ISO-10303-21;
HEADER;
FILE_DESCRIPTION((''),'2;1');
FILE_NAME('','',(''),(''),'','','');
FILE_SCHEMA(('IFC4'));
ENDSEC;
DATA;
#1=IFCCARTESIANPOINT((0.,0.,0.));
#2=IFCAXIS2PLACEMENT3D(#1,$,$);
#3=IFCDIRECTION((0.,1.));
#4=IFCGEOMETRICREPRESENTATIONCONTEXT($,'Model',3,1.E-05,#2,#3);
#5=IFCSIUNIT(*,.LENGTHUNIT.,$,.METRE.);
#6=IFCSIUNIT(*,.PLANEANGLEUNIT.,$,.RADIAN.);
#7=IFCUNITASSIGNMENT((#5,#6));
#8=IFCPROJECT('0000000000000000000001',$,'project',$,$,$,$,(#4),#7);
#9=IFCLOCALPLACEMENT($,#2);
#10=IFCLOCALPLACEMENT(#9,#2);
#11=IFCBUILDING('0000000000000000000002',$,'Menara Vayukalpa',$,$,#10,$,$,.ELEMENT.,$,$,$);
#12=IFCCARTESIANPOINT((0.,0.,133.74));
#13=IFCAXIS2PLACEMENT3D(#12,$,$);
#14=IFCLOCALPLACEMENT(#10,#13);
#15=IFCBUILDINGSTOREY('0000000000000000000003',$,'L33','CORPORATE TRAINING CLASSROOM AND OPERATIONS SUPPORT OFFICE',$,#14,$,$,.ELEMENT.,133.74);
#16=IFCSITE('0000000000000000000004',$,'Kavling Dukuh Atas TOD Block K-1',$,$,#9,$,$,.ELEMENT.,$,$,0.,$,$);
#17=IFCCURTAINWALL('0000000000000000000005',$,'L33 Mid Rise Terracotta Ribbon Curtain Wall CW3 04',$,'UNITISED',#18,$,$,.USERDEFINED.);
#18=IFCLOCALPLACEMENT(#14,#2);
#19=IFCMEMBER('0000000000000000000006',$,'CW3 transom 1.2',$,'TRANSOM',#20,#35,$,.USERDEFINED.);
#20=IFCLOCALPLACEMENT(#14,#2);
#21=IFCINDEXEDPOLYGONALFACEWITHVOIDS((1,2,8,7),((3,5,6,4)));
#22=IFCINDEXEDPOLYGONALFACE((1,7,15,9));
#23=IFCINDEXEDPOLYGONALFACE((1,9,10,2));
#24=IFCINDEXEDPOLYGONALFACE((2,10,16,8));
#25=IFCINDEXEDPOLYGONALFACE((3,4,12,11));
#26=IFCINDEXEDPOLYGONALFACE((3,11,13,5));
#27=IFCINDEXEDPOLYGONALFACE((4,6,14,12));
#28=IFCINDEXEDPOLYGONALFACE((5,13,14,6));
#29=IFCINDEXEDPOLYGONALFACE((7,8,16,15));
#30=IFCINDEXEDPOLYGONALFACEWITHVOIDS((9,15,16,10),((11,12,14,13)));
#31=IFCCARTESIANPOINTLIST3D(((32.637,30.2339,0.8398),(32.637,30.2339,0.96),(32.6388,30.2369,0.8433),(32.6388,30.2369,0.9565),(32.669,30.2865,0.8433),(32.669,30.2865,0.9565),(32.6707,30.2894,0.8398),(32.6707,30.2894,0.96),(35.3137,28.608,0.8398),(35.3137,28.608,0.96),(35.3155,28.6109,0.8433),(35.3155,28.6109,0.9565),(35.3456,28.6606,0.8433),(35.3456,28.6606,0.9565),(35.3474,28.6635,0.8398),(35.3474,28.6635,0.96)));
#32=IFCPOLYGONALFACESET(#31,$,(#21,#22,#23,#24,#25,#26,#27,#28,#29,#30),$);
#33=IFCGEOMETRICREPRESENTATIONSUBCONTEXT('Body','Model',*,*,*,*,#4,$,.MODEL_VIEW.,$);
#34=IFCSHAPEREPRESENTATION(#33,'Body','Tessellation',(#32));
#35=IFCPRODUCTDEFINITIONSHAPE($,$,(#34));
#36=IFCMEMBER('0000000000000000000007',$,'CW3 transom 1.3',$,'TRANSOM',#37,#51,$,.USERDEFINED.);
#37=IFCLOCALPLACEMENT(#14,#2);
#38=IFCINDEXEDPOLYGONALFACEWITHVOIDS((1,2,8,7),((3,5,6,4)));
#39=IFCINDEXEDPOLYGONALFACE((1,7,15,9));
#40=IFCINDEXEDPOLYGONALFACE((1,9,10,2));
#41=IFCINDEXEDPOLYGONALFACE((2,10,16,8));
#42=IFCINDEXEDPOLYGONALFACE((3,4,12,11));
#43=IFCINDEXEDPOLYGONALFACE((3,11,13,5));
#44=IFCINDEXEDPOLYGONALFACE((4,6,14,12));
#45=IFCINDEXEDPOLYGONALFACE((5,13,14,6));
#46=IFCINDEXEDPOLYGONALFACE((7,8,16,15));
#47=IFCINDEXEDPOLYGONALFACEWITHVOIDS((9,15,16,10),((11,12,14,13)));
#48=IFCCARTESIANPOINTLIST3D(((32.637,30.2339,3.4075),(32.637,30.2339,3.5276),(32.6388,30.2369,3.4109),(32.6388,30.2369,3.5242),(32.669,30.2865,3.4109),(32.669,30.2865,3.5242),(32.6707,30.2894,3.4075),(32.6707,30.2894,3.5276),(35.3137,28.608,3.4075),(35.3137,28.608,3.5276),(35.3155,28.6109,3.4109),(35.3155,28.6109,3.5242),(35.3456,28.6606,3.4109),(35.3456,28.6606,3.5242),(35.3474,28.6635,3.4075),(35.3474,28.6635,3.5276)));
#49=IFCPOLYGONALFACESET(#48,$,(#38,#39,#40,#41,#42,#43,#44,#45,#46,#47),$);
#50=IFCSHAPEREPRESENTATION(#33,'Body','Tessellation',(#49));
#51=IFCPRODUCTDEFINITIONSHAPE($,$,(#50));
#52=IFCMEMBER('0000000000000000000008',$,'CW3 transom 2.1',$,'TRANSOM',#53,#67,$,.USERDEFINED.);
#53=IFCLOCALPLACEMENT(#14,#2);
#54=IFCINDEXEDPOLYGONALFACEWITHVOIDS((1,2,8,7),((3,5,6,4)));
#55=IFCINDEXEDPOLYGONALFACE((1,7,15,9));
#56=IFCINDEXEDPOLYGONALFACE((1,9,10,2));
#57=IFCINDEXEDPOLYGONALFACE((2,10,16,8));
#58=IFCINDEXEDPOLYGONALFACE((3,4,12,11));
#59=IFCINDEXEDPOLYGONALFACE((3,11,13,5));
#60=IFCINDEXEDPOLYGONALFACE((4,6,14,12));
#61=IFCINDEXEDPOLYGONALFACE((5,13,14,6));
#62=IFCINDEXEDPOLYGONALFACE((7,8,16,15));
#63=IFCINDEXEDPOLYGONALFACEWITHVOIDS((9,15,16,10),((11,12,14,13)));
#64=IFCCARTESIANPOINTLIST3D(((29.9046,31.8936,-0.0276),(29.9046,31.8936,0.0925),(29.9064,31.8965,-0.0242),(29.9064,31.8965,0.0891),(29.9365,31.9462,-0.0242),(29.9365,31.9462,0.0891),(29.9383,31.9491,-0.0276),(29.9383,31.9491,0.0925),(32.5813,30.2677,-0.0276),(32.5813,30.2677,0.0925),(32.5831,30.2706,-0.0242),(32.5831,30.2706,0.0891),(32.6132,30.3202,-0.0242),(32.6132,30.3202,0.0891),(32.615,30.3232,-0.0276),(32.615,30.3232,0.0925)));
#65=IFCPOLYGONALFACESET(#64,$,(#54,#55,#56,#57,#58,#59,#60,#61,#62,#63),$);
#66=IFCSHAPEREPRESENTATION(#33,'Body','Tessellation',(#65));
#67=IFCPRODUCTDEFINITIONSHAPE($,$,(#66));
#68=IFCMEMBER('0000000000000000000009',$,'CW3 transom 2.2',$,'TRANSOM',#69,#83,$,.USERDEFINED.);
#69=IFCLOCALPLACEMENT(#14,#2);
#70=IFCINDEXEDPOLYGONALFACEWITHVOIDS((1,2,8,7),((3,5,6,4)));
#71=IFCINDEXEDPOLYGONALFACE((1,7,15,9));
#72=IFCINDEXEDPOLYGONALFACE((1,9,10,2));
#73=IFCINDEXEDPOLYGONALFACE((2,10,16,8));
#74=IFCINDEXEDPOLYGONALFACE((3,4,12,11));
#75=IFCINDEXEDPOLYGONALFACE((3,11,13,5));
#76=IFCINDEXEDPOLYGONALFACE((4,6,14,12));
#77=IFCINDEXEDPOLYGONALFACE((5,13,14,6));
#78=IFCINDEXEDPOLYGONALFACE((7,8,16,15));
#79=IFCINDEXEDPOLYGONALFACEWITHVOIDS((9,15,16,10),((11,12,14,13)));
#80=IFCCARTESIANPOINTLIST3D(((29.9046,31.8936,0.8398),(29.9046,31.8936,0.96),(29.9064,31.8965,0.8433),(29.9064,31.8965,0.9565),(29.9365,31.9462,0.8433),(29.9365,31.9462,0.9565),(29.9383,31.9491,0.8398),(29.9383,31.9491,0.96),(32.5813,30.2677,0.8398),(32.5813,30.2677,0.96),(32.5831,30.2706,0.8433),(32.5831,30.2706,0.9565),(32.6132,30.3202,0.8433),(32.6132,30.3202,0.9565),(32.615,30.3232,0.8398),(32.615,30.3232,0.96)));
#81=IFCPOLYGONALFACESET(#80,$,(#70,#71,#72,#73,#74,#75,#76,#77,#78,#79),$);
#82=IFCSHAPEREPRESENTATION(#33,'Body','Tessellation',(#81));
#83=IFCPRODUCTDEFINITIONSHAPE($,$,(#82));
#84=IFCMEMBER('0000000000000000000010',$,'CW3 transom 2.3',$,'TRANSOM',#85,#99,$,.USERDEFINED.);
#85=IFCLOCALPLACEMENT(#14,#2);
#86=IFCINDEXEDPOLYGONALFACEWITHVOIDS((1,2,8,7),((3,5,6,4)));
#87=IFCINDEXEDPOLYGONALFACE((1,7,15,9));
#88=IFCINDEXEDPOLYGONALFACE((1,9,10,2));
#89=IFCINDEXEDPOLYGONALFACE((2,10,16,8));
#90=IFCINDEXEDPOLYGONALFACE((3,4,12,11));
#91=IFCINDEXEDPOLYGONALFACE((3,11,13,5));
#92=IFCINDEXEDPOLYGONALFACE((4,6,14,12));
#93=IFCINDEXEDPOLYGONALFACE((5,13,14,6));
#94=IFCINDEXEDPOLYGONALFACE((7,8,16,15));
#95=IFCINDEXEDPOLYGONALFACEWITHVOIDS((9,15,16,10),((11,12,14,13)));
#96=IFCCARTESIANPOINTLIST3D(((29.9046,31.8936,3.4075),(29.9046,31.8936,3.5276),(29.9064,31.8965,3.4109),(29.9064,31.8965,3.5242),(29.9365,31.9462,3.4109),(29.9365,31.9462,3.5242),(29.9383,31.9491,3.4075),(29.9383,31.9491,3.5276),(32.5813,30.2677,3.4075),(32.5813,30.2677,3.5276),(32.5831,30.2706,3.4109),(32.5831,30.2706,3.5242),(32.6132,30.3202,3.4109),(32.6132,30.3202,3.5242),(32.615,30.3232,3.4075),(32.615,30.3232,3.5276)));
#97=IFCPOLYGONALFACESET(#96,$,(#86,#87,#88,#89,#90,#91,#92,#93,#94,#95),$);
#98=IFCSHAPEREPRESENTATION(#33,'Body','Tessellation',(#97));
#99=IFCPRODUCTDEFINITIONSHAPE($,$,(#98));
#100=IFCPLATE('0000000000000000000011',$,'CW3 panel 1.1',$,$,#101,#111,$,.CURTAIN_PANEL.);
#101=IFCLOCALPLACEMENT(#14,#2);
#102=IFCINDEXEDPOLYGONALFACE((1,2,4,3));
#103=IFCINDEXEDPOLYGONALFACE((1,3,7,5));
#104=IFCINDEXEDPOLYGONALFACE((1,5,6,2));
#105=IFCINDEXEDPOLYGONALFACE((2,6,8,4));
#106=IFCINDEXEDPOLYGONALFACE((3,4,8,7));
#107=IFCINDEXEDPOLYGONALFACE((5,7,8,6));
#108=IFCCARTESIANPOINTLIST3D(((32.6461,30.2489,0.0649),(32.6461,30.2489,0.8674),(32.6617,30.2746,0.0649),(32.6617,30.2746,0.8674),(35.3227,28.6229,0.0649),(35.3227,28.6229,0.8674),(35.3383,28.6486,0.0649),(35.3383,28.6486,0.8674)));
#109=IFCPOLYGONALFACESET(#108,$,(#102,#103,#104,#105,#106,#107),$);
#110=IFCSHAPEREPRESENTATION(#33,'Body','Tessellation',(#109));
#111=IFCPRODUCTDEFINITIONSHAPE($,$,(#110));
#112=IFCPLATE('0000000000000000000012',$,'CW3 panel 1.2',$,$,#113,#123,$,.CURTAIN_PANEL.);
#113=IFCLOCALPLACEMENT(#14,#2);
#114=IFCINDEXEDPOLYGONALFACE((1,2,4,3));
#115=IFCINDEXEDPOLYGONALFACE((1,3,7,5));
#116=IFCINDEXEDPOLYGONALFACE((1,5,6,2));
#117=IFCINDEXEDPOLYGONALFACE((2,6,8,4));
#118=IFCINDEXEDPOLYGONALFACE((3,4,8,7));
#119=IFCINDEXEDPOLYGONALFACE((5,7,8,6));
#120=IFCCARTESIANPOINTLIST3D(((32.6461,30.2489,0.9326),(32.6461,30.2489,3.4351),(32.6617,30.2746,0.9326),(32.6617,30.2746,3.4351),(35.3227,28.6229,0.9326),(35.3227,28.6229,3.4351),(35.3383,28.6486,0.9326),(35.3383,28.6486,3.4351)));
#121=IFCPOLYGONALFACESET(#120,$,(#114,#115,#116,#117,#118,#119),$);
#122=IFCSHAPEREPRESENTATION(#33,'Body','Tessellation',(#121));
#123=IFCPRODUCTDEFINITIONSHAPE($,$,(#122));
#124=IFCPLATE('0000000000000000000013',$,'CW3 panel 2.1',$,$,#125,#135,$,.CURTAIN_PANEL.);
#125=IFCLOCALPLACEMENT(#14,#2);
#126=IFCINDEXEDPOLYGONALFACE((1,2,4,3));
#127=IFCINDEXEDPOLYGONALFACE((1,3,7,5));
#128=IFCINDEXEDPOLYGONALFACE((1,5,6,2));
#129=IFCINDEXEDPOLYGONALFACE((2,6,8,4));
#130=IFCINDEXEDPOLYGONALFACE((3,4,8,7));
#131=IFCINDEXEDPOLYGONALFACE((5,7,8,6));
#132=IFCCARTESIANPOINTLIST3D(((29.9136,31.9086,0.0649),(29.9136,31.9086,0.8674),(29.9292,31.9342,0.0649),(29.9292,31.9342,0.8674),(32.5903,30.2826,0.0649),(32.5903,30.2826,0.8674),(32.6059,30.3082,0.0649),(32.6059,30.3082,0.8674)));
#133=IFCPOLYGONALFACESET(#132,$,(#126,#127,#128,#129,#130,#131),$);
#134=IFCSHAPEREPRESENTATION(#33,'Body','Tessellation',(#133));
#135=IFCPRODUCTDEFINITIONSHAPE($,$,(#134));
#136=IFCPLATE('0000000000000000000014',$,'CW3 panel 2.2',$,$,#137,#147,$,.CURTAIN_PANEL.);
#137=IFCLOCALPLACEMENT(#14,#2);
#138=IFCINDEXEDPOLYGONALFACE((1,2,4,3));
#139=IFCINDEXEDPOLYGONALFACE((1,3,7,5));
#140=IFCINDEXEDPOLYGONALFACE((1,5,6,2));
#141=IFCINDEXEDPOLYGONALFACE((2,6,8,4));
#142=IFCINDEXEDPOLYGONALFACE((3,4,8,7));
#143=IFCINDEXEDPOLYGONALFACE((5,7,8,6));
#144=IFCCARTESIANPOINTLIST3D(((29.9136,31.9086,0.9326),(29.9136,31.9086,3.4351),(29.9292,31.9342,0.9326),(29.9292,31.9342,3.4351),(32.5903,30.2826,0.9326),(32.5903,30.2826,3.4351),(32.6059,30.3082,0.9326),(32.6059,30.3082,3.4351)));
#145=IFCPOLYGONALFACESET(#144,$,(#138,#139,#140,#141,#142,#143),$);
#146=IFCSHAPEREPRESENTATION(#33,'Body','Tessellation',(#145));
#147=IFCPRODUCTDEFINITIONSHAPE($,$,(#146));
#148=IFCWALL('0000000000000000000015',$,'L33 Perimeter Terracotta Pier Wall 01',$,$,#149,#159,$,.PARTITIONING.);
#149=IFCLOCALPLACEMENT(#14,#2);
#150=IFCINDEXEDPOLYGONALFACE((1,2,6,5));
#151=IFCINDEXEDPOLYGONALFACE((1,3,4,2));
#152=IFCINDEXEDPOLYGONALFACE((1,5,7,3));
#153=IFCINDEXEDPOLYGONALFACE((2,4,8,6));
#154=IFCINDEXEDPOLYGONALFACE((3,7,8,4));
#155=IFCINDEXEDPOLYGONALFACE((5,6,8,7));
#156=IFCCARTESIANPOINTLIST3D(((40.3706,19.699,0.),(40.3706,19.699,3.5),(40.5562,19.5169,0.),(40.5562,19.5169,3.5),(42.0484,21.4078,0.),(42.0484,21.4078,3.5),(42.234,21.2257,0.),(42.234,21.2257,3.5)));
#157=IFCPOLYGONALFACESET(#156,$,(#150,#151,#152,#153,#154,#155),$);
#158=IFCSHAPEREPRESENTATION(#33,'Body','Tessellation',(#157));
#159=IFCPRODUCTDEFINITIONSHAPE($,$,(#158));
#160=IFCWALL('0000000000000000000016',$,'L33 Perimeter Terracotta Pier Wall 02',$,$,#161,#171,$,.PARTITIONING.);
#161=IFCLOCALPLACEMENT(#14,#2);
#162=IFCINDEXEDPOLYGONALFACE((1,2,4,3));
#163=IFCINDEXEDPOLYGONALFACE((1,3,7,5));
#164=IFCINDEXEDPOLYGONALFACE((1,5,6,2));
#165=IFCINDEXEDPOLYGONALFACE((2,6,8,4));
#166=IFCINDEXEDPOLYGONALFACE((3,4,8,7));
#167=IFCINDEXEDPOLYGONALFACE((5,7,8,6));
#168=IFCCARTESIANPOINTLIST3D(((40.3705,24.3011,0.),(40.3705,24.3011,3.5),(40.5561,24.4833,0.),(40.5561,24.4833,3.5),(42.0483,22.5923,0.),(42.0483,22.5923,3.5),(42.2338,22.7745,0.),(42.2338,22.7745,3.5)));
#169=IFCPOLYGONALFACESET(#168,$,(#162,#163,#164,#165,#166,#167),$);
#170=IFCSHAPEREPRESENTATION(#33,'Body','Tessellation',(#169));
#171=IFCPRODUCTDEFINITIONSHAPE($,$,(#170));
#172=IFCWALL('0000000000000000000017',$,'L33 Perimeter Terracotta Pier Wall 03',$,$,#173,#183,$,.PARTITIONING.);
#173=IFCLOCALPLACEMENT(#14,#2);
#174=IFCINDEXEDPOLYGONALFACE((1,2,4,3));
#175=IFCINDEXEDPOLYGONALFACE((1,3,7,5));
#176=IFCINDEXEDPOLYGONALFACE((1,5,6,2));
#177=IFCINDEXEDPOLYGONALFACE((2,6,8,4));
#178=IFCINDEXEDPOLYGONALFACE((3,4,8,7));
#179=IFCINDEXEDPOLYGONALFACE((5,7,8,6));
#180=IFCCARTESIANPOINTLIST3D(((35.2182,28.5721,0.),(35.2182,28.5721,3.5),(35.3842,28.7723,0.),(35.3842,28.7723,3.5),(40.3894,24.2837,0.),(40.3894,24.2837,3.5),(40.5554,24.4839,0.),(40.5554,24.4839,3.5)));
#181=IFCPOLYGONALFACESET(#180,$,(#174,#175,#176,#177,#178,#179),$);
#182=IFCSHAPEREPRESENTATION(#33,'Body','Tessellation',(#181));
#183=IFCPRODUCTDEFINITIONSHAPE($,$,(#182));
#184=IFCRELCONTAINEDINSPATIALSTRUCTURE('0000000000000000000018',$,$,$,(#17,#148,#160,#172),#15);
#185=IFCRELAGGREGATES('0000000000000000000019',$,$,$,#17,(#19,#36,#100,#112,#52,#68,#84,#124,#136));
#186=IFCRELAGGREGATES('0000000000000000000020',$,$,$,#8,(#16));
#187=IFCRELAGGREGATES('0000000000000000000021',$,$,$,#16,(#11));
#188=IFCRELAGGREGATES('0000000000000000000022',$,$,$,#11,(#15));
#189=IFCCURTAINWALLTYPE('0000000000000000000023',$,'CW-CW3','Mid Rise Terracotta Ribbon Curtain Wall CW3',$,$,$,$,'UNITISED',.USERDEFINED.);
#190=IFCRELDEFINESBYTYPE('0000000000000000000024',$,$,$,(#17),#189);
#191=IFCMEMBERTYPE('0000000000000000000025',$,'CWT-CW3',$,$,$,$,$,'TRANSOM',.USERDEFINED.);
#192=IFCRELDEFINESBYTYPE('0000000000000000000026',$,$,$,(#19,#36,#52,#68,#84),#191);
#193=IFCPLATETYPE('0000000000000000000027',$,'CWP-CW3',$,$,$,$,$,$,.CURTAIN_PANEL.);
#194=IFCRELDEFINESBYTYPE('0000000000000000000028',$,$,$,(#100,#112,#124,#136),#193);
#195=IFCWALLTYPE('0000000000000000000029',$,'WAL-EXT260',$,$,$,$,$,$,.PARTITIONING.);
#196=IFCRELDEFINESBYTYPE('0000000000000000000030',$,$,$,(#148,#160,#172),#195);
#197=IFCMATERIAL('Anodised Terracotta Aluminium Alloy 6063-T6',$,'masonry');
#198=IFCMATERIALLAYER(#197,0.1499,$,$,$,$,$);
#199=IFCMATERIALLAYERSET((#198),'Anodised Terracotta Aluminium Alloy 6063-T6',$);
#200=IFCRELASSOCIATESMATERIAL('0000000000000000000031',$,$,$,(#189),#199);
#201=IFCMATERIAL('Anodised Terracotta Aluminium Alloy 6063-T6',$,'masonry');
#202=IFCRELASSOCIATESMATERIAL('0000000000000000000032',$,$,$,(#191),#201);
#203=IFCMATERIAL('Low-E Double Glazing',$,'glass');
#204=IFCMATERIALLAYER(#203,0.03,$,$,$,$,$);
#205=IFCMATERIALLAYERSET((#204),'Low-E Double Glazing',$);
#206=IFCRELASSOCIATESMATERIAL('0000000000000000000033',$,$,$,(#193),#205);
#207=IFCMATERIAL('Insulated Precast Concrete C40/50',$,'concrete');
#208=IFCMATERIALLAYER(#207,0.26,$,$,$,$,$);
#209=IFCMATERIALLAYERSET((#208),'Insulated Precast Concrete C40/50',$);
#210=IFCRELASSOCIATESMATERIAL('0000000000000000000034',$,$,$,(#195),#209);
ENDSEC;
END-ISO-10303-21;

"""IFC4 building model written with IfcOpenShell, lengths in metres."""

from ifc_helpers import new_model, si_unit, direction, frame, frame_2d, origin, origin_2d, place, context, subcontext, project, spatial, rectangle, hollow_rectangle, extrude, material, layer, layer_set, material_profile, profile_set, type_object, element, aggregate, save


model = new_model("IFC4")

# Units and contexts
model_context = context("Model", 3, precision=1e-05, world=origin(), true_north=direction((0.0, 1.0)))
body_context = subcontext(model_context, "Body", "Model", "MODEL_VIEW")
ifc_project = project(units=[si_unit("LENGTHUNIT", "METRE"), si_unit("PLANEANGLEUNIT", "RADIAN")], contexts=[model_context])

# Site, building, storey
site_placement = place(None, origin())
site = spatial("IfcSite", under=ifc_project, at=site_placement, Name="Kavling Dukuh Atas TOD Block K-1", CompositionType="ELEMENT", RefElevation=0.0)
building_placement = place(site_placement, origin())
building = spatial("IfcBuilding", under=site, at=building_placement, Name="Menara Vayukalpa", CompositionType="ELEMENT")
storey_placement = place(building_placement, frame((0.0, 0.0, 133.74)))
storey = spatial("IfcBuildingStorey", under=building, at=storey_placement, Name="L33", Description="CORPORATE TRAINING CLASSROOM AND OPERATIONS SUPPORT OFFICE", CompositionType="ELEMENT", Elevation=133.74)

# Curtain wall, members, plates
ifc_material_1 = material(Name="Anodised Terracotta Aluminium Alloy 6063-T6", Category="masonry")
ifc_layer_1 = layer(ifc_material_1, 0.1499)
ifc_layer_set_1 = layer_set([ifc_layer_1], Name="Anodised Terracotta Aluminium Alloy 6063-T6")
curtain_wall_type = type_object("IfcCurtainWallType", Name="CW-CW3", Description="Mid Rise Terracotta Ribbon Curtain Wall CW3", ElementType="UNITISED", PredefinedType="USERDEFINED", material=ifc_layer_set_1)
curtain_wall_placement = place(storey_placement, origin())
curtain_wall = element("IfcCurtainWall", 1, at=curtain_wall_placement, inside=storey, type_object=curtain_wall_type, Name="L33 Mid Rise Terracotta Ribbon Curtain Wall CW3 04", ObjectType="UNITISED", PredefinedType="USERDEFINED")
ifc_material_2 = material(Name="Anodised Terracotta Aluminium Alloy 6063-T6", Category="masonry")
ifc_material_profile_1 = material_profile(ifc_material_2, hollow_rectangle(XDim=0.0649, YDim=0.1201, WallThickness=0.0034, at=origin_2d()), Name="ALU 65x120x3.5")
ifc_profile_set_1 = profile_set([ifc_material_profile_1], Name="Anodised Terracotta Aluminium Alloy 6063-T6")
member_type_1 = type_object("IfcMemberType", Name="CWT-CW3", ElementType="TRANSOM", PredefinedType="USERDEFINED", material=ifc_profile_set_1)
member_1_placement = place(storey_placement, frame((35.3306, 28.6357, 0.8999), z_axis=(-0.854674, 0.519165, 0.0), x_axis=(-0.519165, -0.854674, 0.0)))
member_1 = element("IfcMember", 2, at=member_1_placement, type_object=member_type_1, Name="CW3 transom 1.2", ObjectType="TRANSOM", PredefinedType="USERDEFINED", context=body_context, shape_type="SweptSolid", body=[
    extrude(hollow_rectangle(XDim=0.0649, YDim=0.1201, WallThickness=0.0034, at=origin_2d()), origin(), (0.0, 0.0, 1.0), 3.1318),
])
member_2_placement = place(storey_placement, frame((35.3306, 28.6357, 3.4675), z_axis=(-0.854674, 0.519165, 0.0), x_axis=(-0.519165, -0.854674, 0.0)))
member_2 = element("IfcMember", 3, at=member_2_placement, type_object=member_type_1, Name="CW3 transom 1.3", ObjectType="TRANSOM", PredefinedType="USERDEFINED", context=body_context, shape_type="SweptSolid", body=[
    extrude(hollow_rectangle(XDim=0.0649, YDim=0.1201, WallThickness=0.0034, at=origin_2d()), origin(), (0.0, 0.0, 1.0), 3.1318),
])
member_3_placement = place(storey_placement, frame((32.5981, 30.2954, 0.0325), z_axis=(-0.854674, 0.519165, 0.0), x_axis=(-0.519165, -0.854674, 0.0)))
member_3 = element("IfcMember", 4, at=member_3_placement, type_object=member_type_1, Name="CW3 transom 2.1", ObjectType="TRANSOM", PredefinedType="USERDEFINED", context=body_context, shape_type="SweptSolid", body=[
    extrude(hollow_rectangle(XDim=0.0649, YDim=0.1201, WallThickness=0.0034, at=origin_2d()), origin(), (0.0, 0.0, 1.0), 3.1318),
])
member_4_placement = place(storey_placement, frame((32.5981, 30.2954, 0.8999), z_axis=(-0.854674, 0.519165, 0.0), x_axis=(-0.519165, -0.854674, 0.0)))
member_4 = element("IfcMember", 5, at=member_4_placement, type_object=member_type_1, Name="CW3 transom 2.2", ObjectType="TRANSOM", PredefinedType="USERDEFINED", context=body_context, shape_type="SweptSolid", body=[
    extrude(hollow_rectangle(XDim=0.0649, YDim=0.1201, WallThickness=0.0034, at=origin_2d()), origin(), (0.0, 0.0, 1.0), 3.1318),
])
member_5_placement = place(storey_placement, frame((32.5981, 30.2954, 3.4675), z_axis=(-0.854674, 0.519165, 0.0), x_axis=(-0.519165, -0.854674, 0.0)))
member_5 = element("IfcMember", 6, at=member_5_placement, type_object=member_type_1, Name="CW3 transom 2.3", ObjectType="TRANSOM", PredefinedType="USERDEFINED", context=body_context, shape_type="SweptSolid", body=[
    extrude(hollow_rectangle(XDim=0.0649, YDim=0.1201, WallThickness=0.0034, at=origin_2d()), origin(), (0.0, 0.0, 1.0), 3.1318),
])
ifc_material_3 = material(Name="Low-E Double Glazing", Category="glass")
ifc_layer_2 = layer(ifc_material_3, 0.03)
ifc_layer_set_2 = layer_set([ifc_layer_2], Name="Low-E Double Glazing")
plate_type = type_object("IfcPlateType", Name="CWP-CW3", PredefinedType="CURTAIN_PANEL", material=ifc_layer_set_2)
plate_1_placement = place(storey_placement, frame((33.9922, 29.4487, 0.0649), z_axis=(0.0, 0.0, 1.0), x_axis=(-0.854663, 0.519183, 0.0)))
plate_1 = element("IfcPlate", 7, at=plate_1_placement, type_object=plate_type, Name="CW3 panel 1.1", PredefinedType="CURTAIN_PANEL", context=body_context, shape_type="SweptSolid", body=[
    extrude(rectangle(XDim=3.1318, YDim=0.03, at=origin_2d()), origin(), (0.0, 0.0, 1.0), 0.8025),
])
plate_2_placement = place(storey_placement, frame((33.9922, 29.4487, 0.9326), z_axis=(0.0, 0.0, 1.0), x_axis=(-0.854663, 0.519183, 0.0)))
plate_2 = element("IfcPlate", 8, at=plate_2_placement, type_object=plate_type, Name="CW3 panel 1.2", PredefinedType="CURTAIN_PANEL", context=body_context, shape_type="SweptSolid", body=[
    extrude(rectangle(XDim=3.1318, YDim=0.03, at=origin_2d()), origin(), (0.0, 0.0, 1.0), 2.5024),
])
plate_3_placement = place(storey_placement, frame((31.2598, 31.1084, 0.0649), z_axis=(0.0, 0.0, 1.0), x_axis=(-0.854663, 0.519183, 0.0)))
plate_3 = element("IfcPlate", 9, at=plate_3_placement, type_object=plate_type, Name="CW3 panel 2.1", PredefinedType="CURTAIN_PANEL", context=body_context, shape_type="SweptSolid", body=[
    extrude(rectangle(XDim=3.1318, YDim=0.03, at=origin_2d()), origin(), (0.0, 0.0, 1.0), 0.8025),
])
plate_4_placement = place(storey_placement, frame((31.2598, 31.1084, 0.9326), z_axis=(0.0, 0.0, 1.0), x_axis=(-0.854663, 0.519183, 0.0)))
plate_4 = element("IfcPlate", 10, at=plate_4_placement, type_object=plate_type, Name="CW3 panel 2.2", PredefinedType="CURTAIN_PANEL", context=body_context, shape_type="SweptSolid", body=[
    extrude(rectangle(XDim=3.1318, YDim=0.03, at=origin_2d()), origin(), (0.0, 0.0, 1.0), 2.5024),
])
aggregate(curtain_wall, [member_1, member_2, plate_1, plate_2, member_3, member_4, member_5, plate_3, plate_4])

# Walls
ifc_material_4 = material(Name="Insulated Precast Concrete C40/50", Category="concrete")
ifc_layer_3 = layer(ifc_material_4, 0.26)
ifc_layer_set_3 = layer_set([ifc_layer_3], Name="Insulated Precast Concrete C40/50")
wall_type_1 = type_object("IfcWallType", Name="WAL-EXT260", PredefinedType="PARTITIONING", material=ifc_layer_set_3)
for number, where, z_axis, x_axis, name in (
    (11, (42.1411, 21.3167, 0.0), (0.0, 0.0, 1.0), (-0.700603, -0.713551, 0.0), "L33 Perimeter Terracotta Pier Wall 01"),
    (12, (40.4634, 24.3921, 0.0), (0.0, 0.0, 1.0), (0.700603, -0.713551, 0.0), "L33 Perimeter Terracotta Pier Wall 02"),
):
    element("IfcWall", number, at=place(storey_placement, frame(where, z_axis=z_axis, x_axis=x_axis)), inside=storey, type_object=wall_type_1, Name=name, PredefinedType="PARTITIONING", context=body_context, shape_type="SweptSolid", body=[
        extrude(rectangle(XDim=2.3948, YDim=0.26, at=frame_2d((1.1973, 0.0))), origin(), (0.0, 0.0, 1.0), 3.5),
    ])
wall_1_placement = place(storey_placement, frame((35.3013, 28.6721, 0.0), z_axis=(0.0, 0.0, 1.0), x_axis=(0.769753, -0.638342, 0.0)))
element("IfcWall", 13, at=wall_1_placement, inside=storey, type_object=wall_type_1, Name="L33 Perimeter Terracotta Pier Wall 03", PredefinedType="PARTITIONING", context=body_context, shape_type="SweptSolid", body=[
    extrude(rectangle(XDim=6.718, YDim=0.26, at=frame_2d((3.3589, 0.0))), origin(), (0.0, 0.0, 1.0), 3.5),
])

save(model, "model.ifc")
